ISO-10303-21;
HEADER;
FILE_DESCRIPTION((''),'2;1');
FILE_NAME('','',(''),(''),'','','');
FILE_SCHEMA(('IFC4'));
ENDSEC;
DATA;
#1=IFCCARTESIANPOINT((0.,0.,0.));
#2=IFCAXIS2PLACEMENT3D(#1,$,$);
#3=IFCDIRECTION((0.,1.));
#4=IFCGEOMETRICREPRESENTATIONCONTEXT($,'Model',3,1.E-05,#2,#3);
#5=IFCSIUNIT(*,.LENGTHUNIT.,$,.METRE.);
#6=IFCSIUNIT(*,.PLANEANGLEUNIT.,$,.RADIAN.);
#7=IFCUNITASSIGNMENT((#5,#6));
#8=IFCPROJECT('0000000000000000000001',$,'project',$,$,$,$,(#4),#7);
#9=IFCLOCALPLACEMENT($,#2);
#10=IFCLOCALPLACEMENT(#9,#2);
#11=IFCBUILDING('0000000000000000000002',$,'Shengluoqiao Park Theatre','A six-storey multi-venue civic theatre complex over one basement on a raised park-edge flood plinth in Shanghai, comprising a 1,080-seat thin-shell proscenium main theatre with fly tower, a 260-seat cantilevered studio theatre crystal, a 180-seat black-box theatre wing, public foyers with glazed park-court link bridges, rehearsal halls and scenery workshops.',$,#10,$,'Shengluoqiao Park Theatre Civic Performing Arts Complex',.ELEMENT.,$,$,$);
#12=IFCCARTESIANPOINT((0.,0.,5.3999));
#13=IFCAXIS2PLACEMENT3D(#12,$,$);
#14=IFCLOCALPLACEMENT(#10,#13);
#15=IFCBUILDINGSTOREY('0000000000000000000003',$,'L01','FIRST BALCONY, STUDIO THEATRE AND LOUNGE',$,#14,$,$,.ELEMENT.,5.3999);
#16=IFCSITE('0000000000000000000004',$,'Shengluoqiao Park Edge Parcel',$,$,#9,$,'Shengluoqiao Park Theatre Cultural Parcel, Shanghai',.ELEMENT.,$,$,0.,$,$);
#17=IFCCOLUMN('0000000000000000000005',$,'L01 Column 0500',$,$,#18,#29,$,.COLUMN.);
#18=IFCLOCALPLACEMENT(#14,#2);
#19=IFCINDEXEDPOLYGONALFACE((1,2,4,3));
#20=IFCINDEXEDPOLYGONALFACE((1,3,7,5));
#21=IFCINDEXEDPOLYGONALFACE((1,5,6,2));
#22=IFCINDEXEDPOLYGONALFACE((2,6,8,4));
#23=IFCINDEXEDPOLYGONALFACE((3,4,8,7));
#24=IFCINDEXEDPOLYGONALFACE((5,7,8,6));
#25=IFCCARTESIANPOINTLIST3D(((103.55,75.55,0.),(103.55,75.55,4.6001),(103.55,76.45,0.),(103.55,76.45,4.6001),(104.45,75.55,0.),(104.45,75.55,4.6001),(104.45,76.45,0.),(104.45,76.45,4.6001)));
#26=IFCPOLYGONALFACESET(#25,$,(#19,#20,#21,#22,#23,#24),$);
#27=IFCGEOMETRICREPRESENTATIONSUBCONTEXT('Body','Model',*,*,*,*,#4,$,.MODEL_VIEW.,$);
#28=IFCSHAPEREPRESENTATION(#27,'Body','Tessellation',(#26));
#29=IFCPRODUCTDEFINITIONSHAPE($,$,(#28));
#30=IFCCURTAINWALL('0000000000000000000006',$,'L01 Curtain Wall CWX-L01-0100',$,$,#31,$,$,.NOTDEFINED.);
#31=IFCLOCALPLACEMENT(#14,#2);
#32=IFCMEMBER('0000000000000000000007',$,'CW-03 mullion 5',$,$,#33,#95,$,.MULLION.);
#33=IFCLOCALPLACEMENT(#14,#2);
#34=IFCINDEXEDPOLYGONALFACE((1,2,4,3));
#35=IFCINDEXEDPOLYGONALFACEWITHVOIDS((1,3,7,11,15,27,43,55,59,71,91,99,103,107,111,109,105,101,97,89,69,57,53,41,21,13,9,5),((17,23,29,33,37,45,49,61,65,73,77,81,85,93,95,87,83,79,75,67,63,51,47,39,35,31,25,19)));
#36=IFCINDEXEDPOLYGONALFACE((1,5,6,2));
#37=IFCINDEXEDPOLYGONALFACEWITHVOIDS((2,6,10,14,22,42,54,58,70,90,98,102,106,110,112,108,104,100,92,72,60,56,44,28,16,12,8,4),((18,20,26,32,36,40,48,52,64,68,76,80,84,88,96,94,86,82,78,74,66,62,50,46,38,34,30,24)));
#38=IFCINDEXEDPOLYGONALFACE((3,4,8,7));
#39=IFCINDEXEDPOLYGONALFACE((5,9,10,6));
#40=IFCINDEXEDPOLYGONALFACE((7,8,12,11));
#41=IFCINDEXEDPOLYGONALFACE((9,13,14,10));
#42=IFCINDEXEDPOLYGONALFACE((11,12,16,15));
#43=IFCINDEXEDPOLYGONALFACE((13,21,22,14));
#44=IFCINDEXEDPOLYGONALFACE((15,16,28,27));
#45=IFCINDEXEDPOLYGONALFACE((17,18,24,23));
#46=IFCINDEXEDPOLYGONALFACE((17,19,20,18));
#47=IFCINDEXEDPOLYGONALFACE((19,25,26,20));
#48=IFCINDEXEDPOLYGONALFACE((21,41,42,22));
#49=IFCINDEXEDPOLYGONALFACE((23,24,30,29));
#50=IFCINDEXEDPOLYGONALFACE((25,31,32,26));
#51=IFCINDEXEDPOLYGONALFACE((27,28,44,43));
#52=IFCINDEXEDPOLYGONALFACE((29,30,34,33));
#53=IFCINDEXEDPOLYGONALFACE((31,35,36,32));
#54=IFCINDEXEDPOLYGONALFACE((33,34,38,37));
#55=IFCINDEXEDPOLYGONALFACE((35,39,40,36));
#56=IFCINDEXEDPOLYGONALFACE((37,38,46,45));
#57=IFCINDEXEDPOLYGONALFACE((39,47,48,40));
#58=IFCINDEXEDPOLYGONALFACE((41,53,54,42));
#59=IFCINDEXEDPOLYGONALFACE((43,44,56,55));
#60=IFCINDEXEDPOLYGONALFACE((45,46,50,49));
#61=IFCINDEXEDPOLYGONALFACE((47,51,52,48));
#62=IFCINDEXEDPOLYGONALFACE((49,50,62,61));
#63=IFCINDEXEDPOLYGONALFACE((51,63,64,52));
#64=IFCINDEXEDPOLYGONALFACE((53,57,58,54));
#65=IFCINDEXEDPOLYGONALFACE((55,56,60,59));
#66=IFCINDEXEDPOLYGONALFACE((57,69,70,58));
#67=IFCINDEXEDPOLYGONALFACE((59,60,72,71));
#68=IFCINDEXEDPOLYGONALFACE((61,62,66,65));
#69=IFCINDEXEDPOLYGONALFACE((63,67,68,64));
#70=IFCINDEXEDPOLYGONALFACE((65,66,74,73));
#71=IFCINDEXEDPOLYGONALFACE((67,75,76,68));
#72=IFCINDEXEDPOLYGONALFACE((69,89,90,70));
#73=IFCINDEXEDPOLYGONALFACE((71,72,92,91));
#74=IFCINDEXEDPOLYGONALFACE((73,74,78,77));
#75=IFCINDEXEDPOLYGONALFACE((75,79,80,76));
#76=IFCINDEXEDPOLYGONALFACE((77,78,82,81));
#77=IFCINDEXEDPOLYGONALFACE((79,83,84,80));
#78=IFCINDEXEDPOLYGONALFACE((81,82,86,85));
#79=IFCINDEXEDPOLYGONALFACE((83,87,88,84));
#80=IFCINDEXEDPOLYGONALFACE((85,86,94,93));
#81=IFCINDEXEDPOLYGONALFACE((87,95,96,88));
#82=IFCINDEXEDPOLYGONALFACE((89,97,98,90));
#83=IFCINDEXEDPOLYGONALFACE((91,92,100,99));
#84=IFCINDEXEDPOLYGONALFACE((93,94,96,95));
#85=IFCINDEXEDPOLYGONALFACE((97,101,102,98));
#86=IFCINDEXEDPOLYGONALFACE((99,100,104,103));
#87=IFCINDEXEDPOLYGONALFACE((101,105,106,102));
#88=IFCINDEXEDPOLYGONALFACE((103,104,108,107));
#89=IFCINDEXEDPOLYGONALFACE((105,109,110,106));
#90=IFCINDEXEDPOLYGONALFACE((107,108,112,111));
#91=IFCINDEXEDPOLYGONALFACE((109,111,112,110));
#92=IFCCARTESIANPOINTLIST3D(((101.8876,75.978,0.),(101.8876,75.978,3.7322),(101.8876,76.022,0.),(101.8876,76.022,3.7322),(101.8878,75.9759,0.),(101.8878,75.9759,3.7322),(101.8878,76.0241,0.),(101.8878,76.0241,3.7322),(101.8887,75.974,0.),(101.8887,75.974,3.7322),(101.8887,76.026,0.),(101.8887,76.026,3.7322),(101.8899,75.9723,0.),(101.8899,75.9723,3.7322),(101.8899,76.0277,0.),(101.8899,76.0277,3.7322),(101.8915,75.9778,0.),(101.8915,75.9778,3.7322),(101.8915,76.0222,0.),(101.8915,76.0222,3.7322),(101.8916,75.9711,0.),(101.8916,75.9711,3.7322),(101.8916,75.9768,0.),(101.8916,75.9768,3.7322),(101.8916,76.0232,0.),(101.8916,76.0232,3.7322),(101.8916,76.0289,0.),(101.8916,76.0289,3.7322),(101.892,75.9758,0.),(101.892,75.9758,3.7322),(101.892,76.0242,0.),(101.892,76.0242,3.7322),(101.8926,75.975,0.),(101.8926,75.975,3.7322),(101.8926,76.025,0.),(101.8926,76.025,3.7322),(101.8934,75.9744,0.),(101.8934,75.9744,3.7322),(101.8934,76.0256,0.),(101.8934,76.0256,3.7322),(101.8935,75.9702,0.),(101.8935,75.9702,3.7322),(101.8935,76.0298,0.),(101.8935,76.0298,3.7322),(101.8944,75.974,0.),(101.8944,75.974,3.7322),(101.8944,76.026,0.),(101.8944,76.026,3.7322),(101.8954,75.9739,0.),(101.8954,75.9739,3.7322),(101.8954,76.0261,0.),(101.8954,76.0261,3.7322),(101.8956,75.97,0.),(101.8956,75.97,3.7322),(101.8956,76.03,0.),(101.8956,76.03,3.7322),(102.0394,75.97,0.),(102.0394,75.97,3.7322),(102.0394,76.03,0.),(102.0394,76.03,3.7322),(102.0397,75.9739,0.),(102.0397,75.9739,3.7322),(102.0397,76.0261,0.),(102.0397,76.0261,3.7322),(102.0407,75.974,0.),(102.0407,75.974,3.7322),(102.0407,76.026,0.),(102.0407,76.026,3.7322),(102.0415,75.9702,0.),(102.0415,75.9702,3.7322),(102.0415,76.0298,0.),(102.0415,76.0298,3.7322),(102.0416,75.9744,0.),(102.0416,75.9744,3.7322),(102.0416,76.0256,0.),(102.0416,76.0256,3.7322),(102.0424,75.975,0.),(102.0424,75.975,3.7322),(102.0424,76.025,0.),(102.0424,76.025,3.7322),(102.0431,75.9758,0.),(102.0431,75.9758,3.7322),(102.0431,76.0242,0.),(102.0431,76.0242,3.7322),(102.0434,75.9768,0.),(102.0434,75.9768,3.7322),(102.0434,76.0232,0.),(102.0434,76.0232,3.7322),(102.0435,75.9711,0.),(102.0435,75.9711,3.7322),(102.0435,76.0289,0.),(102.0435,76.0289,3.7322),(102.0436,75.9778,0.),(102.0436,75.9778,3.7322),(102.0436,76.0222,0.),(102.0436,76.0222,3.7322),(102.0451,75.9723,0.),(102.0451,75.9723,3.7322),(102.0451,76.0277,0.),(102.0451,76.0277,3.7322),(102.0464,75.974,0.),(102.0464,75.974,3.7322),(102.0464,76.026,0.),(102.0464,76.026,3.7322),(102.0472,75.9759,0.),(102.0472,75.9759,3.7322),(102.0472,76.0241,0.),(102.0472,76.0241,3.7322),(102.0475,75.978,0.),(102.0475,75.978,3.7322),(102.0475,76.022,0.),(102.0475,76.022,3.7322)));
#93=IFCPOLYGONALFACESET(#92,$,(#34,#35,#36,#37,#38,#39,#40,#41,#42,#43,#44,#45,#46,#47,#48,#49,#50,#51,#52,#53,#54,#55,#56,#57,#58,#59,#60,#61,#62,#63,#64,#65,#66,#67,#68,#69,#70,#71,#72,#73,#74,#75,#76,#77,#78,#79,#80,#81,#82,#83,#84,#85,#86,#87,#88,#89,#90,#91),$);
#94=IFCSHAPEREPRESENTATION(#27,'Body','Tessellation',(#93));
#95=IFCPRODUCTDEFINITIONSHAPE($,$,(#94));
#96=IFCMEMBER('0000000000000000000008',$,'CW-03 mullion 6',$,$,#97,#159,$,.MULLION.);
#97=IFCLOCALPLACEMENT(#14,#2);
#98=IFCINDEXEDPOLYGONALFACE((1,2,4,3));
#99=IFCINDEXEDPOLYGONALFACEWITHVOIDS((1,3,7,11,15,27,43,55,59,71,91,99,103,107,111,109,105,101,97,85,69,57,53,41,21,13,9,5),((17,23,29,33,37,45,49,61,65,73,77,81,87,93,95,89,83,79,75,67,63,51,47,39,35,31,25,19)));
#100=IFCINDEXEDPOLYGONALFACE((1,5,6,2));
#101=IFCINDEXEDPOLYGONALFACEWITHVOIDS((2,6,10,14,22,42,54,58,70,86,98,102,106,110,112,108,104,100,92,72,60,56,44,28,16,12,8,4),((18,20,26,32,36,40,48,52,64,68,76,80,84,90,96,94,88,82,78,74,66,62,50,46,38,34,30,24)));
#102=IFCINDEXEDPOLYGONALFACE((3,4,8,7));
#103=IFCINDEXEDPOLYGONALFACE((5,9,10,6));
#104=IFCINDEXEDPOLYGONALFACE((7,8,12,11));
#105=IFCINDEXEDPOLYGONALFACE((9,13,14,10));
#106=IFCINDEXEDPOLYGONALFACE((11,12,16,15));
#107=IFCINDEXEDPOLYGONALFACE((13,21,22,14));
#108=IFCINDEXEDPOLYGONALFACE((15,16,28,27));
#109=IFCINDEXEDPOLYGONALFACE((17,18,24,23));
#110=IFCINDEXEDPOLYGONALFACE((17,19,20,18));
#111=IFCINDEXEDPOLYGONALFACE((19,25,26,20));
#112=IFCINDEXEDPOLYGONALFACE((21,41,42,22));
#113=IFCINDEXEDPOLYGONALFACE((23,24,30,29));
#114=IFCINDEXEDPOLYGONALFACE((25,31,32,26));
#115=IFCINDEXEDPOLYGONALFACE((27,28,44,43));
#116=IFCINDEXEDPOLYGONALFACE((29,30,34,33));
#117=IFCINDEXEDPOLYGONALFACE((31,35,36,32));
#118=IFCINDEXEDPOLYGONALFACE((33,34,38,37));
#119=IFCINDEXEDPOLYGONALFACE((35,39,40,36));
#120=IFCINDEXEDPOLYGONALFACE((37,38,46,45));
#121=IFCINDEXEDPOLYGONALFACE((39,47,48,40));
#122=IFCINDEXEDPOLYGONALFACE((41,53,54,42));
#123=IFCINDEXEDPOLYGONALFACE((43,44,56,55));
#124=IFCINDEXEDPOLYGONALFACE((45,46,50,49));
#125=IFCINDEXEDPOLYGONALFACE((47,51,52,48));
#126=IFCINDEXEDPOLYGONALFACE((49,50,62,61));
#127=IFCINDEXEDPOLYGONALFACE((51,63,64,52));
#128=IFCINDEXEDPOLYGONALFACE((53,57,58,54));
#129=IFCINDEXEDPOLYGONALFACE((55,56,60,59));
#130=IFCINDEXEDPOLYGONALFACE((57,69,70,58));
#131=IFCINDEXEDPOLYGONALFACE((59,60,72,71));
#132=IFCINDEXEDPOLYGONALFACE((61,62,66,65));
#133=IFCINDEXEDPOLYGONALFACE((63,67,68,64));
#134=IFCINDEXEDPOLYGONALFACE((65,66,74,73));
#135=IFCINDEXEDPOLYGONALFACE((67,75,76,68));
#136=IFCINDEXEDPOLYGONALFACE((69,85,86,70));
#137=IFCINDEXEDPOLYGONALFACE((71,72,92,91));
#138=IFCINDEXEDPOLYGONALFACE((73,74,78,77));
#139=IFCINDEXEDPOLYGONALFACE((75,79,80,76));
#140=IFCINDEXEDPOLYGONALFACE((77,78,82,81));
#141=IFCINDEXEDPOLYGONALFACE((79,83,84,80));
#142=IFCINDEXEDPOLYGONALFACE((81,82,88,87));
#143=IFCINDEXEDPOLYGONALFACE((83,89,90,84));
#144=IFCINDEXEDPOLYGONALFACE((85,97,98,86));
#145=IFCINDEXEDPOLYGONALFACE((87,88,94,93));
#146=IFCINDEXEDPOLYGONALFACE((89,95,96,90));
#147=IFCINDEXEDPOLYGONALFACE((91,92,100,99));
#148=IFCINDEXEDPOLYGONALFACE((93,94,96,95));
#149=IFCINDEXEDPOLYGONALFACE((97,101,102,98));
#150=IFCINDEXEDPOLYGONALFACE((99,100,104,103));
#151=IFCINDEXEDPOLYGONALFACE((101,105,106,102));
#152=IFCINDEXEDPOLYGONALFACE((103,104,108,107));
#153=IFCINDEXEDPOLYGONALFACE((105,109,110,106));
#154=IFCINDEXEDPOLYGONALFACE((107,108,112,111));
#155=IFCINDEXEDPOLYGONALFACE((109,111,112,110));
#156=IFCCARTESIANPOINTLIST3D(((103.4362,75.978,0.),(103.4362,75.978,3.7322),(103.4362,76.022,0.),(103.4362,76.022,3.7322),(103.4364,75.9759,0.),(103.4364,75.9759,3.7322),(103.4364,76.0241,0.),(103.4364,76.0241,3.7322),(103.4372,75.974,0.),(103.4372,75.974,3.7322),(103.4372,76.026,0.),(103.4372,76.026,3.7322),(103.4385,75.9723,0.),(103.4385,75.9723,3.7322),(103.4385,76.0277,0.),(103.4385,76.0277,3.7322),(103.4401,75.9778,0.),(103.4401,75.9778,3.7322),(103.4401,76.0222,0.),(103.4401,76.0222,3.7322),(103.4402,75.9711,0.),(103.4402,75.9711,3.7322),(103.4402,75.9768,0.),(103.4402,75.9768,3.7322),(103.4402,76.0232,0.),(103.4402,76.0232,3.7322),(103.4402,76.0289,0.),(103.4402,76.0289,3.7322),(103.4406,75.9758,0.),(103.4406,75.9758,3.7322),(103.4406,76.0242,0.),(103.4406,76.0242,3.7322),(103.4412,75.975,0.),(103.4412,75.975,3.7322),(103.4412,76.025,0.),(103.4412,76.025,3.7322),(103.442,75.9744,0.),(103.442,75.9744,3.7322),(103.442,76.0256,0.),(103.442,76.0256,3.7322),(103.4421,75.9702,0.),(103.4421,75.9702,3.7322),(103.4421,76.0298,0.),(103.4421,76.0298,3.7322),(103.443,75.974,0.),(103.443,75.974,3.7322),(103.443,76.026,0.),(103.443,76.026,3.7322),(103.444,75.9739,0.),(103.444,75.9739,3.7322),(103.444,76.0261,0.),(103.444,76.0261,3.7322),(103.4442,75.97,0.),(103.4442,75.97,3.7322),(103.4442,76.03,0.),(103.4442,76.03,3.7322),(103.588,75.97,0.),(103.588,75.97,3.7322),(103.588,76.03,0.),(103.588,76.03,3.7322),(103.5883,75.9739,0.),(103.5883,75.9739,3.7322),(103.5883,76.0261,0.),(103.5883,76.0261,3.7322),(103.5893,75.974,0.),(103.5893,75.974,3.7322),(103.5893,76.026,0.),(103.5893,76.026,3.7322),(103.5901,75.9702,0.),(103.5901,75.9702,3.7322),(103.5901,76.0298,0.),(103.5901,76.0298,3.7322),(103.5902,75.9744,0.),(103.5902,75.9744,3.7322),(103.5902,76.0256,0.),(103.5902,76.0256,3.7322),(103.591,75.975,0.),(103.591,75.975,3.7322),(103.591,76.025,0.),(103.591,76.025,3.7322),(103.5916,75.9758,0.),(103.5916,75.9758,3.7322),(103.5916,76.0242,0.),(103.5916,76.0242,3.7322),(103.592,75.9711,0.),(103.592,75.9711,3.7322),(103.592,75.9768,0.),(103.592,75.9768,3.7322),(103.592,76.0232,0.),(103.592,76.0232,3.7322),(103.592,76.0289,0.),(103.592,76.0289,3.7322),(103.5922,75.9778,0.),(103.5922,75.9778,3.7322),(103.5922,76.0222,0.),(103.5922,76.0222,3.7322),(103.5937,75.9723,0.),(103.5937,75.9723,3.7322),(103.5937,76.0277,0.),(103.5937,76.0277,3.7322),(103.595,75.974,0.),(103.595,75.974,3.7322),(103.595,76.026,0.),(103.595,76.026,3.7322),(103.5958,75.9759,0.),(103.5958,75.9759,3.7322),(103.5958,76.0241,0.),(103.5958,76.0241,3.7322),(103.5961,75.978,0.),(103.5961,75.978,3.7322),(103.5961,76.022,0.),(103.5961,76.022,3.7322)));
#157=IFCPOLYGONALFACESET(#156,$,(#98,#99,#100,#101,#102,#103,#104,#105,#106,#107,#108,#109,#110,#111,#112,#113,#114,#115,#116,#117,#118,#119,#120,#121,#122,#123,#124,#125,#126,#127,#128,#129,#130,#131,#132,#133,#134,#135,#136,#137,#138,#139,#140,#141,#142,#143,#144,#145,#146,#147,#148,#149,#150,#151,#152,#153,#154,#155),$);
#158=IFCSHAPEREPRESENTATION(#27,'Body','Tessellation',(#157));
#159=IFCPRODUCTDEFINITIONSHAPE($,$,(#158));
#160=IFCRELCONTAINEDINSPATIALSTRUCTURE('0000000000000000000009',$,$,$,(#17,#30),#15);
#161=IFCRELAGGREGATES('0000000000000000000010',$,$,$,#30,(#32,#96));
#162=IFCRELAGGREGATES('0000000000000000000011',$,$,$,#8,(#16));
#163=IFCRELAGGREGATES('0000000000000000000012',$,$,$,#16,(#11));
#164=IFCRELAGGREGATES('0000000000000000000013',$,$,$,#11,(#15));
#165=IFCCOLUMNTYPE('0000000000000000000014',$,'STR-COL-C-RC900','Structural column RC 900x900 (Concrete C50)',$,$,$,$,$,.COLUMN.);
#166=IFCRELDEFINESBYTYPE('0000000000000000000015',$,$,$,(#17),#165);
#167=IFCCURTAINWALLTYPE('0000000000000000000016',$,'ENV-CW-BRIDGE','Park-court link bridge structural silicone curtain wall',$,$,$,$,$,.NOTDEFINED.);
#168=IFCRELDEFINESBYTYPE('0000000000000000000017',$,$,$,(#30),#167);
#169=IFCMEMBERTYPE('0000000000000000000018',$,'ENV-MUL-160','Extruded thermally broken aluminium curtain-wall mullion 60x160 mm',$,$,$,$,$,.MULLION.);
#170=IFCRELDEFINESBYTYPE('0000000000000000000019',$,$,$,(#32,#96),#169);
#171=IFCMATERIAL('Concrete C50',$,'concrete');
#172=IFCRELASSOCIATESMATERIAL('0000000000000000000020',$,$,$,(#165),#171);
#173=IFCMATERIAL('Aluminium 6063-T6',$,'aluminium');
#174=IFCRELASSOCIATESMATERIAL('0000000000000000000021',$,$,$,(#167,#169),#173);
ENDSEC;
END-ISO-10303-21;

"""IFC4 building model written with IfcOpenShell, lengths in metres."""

from ifc_helpers import new_model, si_unit, direction, frame, origin, origin_2d, place, context, subcontext, project, spatial, rectangle, hollow_rectangle, extrude, material, material_profile, profile_set, type_object, element, aggregate, save


model = new_model("IFC4")

# Units and contexts
model_context = context("Model", 3, precision=1e-05, world=origin(), true_north=direction((0.0, 1.0)))
body_context = subcontext(model_context, "Body", "Model", "MODEL_VIEW")
ifc_project = project(units=[si_unit("LENGTHUNIT", "METRE"), si_unit("PLANEANGLEUNIT", "RADIAN")], contexts=[model_context])

# Site, building, storey
site_placement = place(None, origin())
site = spatial("IfcSite", under=ifc_project, at=site_placement, Name="Shengluoqiao Park Edge Parcel", LongName="Shengluoqiao Park Theatre Cultural Parcel, Shanghai", CompositionType="ELEMENT", RefElevation=0.0)
building_placement = place(site_placement, origin())
building = spatial("IfcBuilding", under=site, at=building_placement, Name="Shengluoqiao Park Theatre", Description="A six-storey multi-venue civic theatre complex over one basement on a raised park-edge flood plinth in Shanghai, comprising a 1,080-seat thin-shell proscenium main theatre with fly tower, a 260-seat cantilevered studio theatre crystal, a 180-seat black-box theatre wing, public foyers with glazed park-court link bridges, rehearsal halls and scenery workshops.", LongName="Shengluoqiao Park Theatre Civic Performing Arts Complex", CompositionType="ELEMENT")
storey_placement = place(building_placement, frame((0.0, 0.0, 5.3999)))
storey = spatial("IfcBuildingStorey", under=building, at=storey_placement, Name="L01", Description="FIRST BALCONY, STUDIO THEATRE AND LOUNGE", CompositionType="ELEMENT", Elevation=5.3999)

# Column
ifc_material_1 = material(Name="Concrete C50", Category="concrete")
ifc_material_profile_1 = material_profile(ifc_material_1, rectangle(XDim=0.8999, YDim=0.8999, at=origin_2d()), Name="RC 900x900")
ifc_profile_set_1 = profile_set([ifc_material_profile_1], Name="Concrete C50")
column_type = type_object("IfcColumnType", Name="STR-COL-C-RC900", Description="Structural column RC 900x900 (Concrete C50)", PredefinedType="COLUMN", material=ifc_profile_set_1)
column_placement = place(storey_placement, frame((104.0, 76.0, 0.0), z_axis=(0.0, 0.0, 1.0), x_axis=(1.0, 0.0, 0.0)))
element("IfcColumn", 1, at=column_placement, inside=storey, type_object=column_type, Name="L01 Column 0500", PredefinedType="COLUMN", context=body_context, shape_type="SweptSolid", body=[
    extrude(rectangle(XDim=0.8999, YDim=0.8999, at=origin_2d()), origin(), (0.0, 0.0, 1.0), 4.6001),
])

# Curtain wall, members
ifc_material_2 = material(Name="Aluminium 6063-T6", Category="aluminium")
curtain_wall_type = type_object("IfcCurtainWallType", Name="ENV-CW-BRIDGE", Description="Park-court link bridge structural silicone curtain wall", PredefinedType="NOTDEFINED", material=ifc_material_2)
curtain_wall_1_placement = place(storey_placement, origin())
curtain_wall_1 = element("IfcCurtainWall", 2, at=curtain_wall_1_placement, inside=storey, type_object=curtain_wall_type, Name="L01 Curtain Wall CWX-L01-0100", PredefinedType="NOTDEFINED")
ifc_material_profile_2 = material_profile(ifc_material_2, hollow_rectangle(XDim=0.0601, YDim=0.1599, WallThickness=0.0039, InnerFilletRadius=0.0039, OuterFilletRadius=0.0081, at=origin_2d()), Name="ALU MULLION 160x60x4")
ifc_profile_set_2 = profile_set([ifc_material_profile_2], Name="Aluminium 6063-T6")
member_type_1 = type_object("IfcMemberType", Name="ENV-MUL-160", Description="Extruded thermally broken aluminium curtain-wall mullion 60x160 mm", PredefinedType="MULLION", material=ifc_profile_set_2)
member_1_placement = place(storey_placement, frame((101.9675, 76.0, 0.0), z_axis=(0.0, 0.0, 1.0), x_axis=(0.0, 1.0, 0.0)))
member_1 = element("IfcMember", 3, at=member_1_placement, type_object=member_type_1, Name="CW-03 mullion 5", PredefinedType="MULLION", context=body_context, shape_type="SweptSolid", body=[
    extrude(hollow_rectangle(XDim=0.0601, YDim=0.1599, WallThickness=0.0039, InnerFilletRadius=0.0039, OuterFilletRadius=0.0081, at=origin_2d()), origin(), (0.0, 0.0, 1.0), 3.7322),
])
member_2_placement = place(storey_placement, frame((103.5161, 76.0, 0.0), z_axis=(0.0, 0.0, 1.0), x_axis=(0.0, 1.0, 0.0)))
member_2 = element("IfcMember", 4, at=member_2_placement, type_object=member_type_1, Name="CW-03 mullion 6", PredefinedType="MULLION", context=body_context, shape_type="SweptSolid", body=[
    extrude(hollow_rectangle(XDim=0.0601, YDim=0.1599, WallThickness=0.0039, InnerFilletRadius=0.0039, OuterFilletRadius=0.0081, at=origin_2d()), origin(), (0.0, 0.0, 1.0), 3.7322),
])

aggregate(curtain_wall_1, [member_1, member_2])

save(model, "model.ifc")
